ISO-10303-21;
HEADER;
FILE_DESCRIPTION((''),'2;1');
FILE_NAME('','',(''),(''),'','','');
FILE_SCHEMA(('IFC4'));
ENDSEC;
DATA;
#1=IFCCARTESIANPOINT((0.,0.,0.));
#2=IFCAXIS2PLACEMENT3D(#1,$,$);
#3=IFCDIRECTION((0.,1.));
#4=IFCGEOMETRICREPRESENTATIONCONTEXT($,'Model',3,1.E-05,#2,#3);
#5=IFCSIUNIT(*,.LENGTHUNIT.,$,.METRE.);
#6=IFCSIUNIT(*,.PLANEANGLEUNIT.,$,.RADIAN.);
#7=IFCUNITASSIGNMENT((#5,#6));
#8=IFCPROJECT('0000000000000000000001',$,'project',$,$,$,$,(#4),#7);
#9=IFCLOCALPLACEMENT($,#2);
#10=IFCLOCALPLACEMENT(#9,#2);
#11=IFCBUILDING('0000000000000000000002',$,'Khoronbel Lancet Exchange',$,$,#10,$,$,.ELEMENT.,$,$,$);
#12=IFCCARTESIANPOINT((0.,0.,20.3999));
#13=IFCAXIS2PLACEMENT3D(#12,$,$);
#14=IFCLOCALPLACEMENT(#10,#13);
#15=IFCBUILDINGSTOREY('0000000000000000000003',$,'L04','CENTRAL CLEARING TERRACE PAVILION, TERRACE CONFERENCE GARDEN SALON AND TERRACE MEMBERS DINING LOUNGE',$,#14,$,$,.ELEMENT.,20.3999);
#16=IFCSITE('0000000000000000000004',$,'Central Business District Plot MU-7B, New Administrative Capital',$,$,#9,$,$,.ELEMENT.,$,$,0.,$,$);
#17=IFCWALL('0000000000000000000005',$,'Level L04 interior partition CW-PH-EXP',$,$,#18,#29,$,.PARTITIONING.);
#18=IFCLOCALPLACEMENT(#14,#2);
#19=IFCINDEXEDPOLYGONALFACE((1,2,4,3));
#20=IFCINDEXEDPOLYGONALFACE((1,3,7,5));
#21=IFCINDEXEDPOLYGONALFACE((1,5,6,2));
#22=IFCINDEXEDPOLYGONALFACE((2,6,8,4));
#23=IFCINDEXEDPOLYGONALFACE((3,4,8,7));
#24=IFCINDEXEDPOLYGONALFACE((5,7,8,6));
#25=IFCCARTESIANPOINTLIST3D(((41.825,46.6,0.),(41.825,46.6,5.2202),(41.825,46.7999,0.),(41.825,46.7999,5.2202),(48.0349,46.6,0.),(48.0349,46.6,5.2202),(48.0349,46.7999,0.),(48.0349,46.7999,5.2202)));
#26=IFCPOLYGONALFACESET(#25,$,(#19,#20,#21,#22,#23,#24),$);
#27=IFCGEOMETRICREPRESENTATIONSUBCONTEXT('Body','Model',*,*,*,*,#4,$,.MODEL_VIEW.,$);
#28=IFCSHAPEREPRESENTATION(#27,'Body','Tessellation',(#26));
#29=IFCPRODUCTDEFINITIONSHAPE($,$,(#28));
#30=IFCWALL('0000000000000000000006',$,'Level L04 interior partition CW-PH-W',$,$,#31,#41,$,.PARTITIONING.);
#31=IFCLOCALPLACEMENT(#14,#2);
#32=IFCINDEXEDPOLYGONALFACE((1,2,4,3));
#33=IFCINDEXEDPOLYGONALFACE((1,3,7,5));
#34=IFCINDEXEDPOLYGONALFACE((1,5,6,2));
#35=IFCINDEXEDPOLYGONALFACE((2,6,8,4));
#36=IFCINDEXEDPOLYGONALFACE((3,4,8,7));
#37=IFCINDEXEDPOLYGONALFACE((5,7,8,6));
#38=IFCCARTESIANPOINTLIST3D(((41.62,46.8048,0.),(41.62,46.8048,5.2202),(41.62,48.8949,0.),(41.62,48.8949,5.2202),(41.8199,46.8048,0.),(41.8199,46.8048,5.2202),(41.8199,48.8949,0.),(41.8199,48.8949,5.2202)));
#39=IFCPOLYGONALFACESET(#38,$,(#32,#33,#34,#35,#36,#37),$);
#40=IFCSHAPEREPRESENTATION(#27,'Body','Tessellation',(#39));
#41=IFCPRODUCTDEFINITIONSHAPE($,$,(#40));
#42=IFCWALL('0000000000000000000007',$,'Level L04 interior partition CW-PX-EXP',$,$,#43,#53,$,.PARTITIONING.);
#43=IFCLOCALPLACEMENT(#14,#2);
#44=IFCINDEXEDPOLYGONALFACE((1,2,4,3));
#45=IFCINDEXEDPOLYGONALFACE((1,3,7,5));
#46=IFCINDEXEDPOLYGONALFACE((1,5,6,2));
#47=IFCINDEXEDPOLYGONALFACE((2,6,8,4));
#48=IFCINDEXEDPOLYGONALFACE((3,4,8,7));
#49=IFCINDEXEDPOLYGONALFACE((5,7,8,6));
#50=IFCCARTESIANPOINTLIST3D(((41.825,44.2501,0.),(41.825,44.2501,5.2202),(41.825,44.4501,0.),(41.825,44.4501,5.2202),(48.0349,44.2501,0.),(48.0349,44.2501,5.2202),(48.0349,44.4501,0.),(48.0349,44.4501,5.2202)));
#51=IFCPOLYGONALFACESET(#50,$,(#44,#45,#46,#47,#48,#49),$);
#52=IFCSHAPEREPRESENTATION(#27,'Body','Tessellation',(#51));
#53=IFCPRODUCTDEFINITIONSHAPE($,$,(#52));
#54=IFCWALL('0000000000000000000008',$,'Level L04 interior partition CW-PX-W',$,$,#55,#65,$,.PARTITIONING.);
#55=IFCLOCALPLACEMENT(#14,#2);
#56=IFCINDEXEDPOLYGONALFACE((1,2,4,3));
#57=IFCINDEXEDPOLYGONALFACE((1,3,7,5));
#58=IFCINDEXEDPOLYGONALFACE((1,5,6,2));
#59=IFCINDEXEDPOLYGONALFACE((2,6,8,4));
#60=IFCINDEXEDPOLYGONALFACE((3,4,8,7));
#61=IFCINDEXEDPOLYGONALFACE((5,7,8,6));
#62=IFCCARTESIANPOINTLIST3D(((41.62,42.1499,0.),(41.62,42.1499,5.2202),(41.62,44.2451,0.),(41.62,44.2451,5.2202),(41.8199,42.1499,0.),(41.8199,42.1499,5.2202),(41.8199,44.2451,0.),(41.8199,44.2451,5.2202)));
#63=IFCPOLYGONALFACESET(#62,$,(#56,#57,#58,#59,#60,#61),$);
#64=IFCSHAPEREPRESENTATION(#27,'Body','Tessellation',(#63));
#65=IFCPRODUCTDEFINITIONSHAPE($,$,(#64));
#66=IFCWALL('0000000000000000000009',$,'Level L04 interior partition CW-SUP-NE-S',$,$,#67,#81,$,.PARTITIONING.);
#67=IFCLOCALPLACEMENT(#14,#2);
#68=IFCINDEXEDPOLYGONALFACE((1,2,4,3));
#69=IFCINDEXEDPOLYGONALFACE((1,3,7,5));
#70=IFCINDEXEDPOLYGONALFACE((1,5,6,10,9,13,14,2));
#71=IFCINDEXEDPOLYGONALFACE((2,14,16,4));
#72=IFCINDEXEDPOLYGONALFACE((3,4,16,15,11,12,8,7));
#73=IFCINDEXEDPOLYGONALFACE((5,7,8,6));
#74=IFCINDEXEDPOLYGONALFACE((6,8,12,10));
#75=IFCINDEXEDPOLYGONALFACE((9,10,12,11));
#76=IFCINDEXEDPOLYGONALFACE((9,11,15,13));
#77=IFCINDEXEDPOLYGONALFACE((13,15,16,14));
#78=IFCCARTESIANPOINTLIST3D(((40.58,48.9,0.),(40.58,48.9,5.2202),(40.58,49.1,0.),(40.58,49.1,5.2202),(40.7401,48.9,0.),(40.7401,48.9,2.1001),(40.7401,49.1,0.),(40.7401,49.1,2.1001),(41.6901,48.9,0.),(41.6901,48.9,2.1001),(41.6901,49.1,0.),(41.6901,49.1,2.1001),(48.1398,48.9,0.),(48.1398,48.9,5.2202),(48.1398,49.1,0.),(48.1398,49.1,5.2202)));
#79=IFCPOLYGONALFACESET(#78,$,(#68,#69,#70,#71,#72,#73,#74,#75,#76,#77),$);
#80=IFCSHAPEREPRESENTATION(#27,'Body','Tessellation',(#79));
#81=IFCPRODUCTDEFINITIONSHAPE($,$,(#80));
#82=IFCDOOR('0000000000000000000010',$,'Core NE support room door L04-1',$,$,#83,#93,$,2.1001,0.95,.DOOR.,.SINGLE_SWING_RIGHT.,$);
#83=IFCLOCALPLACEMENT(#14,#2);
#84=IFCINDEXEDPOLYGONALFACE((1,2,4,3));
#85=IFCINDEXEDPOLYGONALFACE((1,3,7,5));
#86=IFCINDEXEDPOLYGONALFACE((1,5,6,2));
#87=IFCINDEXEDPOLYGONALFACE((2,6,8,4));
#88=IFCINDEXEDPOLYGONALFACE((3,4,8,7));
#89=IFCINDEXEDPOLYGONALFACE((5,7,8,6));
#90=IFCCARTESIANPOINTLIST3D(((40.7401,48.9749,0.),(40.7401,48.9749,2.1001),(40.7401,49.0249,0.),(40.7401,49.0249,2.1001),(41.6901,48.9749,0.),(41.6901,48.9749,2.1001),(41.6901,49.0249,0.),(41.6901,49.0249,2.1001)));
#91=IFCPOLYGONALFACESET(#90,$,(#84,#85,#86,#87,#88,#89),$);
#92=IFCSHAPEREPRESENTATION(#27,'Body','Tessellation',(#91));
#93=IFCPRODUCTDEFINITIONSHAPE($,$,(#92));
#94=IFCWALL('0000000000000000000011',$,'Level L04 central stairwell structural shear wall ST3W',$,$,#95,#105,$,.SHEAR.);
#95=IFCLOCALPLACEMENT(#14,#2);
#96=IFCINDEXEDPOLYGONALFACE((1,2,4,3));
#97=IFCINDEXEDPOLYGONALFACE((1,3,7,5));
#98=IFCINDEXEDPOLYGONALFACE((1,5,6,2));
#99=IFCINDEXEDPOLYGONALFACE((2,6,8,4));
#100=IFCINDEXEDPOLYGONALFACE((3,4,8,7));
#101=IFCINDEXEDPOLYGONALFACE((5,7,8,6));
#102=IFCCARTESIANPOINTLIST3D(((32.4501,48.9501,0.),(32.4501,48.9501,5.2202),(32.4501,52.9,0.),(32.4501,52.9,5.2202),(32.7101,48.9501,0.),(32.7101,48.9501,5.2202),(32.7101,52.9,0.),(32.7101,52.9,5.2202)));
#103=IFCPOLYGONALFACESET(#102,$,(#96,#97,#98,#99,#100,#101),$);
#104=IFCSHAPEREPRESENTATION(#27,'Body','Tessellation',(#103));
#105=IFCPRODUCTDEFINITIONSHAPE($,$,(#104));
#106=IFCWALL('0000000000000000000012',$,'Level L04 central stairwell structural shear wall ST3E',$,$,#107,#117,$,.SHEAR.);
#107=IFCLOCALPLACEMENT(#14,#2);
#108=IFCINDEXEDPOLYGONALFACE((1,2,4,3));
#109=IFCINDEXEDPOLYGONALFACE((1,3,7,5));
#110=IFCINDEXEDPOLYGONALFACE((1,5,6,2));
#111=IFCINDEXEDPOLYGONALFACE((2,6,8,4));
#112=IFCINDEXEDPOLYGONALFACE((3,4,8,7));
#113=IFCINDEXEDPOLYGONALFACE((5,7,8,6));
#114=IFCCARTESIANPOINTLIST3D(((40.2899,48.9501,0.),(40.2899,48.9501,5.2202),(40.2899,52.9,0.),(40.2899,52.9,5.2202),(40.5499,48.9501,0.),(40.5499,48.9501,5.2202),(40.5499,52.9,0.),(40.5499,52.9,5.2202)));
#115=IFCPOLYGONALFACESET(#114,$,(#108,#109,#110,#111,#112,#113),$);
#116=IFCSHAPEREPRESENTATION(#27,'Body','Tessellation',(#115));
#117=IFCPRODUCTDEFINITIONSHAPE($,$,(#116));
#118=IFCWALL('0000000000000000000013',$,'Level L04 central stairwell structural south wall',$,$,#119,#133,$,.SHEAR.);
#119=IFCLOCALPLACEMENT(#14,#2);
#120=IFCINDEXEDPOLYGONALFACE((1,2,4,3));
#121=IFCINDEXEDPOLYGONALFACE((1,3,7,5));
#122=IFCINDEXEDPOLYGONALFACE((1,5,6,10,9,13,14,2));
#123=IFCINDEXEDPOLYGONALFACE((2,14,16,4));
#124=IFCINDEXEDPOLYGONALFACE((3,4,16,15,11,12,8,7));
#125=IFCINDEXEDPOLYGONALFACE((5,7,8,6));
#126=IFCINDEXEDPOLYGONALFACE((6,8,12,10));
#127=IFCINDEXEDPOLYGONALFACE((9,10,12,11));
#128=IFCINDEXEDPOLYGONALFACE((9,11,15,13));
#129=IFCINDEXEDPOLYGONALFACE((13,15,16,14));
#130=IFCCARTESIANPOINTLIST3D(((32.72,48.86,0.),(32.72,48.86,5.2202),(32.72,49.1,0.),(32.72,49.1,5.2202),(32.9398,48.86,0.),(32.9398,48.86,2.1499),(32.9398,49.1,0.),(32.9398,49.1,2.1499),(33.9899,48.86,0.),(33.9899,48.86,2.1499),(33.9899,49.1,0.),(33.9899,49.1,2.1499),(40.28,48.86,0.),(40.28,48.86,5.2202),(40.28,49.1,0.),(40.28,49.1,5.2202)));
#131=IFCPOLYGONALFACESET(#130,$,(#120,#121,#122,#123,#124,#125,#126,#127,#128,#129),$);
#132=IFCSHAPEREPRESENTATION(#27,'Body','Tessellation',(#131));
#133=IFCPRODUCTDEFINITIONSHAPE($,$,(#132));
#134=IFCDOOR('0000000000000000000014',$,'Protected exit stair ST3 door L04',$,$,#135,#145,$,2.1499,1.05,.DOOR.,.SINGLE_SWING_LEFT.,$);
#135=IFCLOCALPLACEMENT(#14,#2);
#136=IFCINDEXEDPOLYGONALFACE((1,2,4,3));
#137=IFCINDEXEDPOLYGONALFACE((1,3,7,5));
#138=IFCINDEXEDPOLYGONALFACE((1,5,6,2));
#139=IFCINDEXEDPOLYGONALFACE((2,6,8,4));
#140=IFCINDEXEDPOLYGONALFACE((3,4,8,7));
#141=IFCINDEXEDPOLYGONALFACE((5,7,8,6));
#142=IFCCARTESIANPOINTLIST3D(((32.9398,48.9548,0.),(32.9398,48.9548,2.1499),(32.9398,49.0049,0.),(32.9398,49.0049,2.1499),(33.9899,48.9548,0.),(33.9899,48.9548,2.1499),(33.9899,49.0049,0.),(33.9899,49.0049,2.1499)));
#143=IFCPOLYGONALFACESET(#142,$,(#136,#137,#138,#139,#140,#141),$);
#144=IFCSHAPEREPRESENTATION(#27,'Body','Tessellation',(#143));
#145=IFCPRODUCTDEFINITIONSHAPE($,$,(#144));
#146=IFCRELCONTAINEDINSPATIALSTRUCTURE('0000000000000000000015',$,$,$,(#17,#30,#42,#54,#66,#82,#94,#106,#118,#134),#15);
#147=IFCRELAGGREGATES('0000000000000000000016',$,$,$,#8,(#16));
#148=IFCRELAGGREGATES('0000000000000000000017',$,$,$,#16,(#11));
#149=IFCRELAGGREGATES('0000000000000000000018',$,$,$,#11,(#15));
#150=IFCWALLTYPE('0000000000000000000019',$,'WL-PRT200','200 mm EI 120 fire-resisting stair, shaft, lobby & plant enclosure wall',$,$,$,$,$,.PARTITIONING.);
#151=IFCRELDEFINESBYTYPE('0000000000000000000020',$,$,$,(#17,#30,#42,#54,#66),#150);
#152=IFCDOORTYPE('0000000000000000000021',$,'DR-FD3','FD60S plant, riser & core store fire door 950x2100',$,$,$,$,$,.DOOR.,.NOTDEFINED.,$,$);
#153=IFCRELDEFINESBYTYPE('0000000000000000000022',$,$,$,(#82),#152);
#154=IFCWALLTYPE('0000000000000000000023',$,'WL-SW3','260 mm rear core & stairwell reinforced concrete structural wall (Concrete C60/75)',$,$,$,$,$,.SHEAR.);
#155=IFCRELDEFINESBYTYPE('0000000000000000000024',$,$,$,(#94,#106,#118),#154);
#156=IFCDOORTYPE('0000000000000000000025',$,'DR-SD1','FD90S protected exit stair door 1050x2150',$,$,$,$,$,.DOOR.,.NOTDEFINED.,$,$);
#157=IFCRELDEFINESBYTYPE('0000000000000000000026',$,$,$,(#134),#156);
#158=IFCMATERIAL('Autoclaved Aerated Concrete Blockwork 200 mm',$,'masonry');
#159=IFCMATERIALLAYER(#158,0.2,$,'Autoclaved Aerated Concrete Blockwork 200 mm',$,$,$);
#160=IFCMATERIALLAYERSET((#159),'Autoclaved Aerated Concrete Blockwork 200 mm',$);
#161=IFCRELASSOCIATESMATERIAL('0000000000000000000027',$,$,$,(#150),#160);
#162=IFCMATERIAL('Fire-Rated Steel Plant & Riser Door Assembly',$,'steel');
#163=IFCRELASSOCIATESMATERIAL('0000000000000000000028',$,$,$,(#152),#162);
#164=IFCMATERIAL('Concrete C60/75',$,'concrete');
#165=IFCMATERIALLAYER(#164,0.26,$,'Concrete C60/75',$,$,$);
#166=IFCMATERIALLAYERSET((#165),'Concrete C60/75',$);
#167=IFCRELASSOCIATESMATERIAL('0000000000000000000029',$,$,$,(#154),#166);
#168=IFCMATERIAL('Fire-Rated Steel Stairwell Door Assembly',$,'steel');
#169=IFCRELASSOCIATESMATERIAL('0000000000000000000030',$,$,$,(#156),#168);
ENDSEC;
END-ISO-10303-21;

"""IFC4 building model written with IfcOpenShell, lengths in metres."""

from ifc_helpers import new_model, si_unit, direction, frame, frame_2d, origin, place, context, subcontext, project, spatial, rectangle, extrude, material, layer, layer_set, type_object, element, fill, save


model = new_model("IFC4")

# Units and contexts
model_context = context("Model", 3, precision=1e-05, world=origin(), true_north=direction((0.0, 1.0)))
body_context = subcontext(model_context, "Body", "Model", "MODEL_VIEW")
ifc_project = project(units=[si_unit("LENGTHUNIT", "METRE"), si_unit("PLANEANGLEUNIT", "RADIAN")], contexts=[model_context])

# Site, building, storey
site_placement = place(None, origin())
site = spatial("IfcSite", under=ifc_project, at=site_placement, Name="Central Business District Plot MU-7B, New Administrative Capital", CompositionType="ELEMENT", RefElevation=0.0)
building_placement = place(site_placement, origin())
building = spatial("IfcBuilding", under=site, at=building_placement, Name="Khoronbel Lancet Exchange", CompositionType="ELEMENT")
storey_placement = place(building_placement, frame((0.0, 0.0, 20.3999)))
storey = spatial("IfcBuildingStorey", under=building, at=storey_placement, Name="L04", Description="CENTRAL CLEARING TERRACE PAVILION, TERRACE CONFERENCE GARDEN SALON AND TERRACE MEMBERS DINING LOUNGE", CompositionType="ELEMENT", Elevation=20.3999)

# Walls
ifc_material_1 = material(Name="Autoclaved Aerated Concrete Blockwork 200 mm", Category="masonry")
ifc_layer_1 = layer(ifc_material_1, 0.2, Name="Autoclaved Aerated Concrete Blockwork 200 mm")
ifc_layer_set_1 = layer_set([ifc_layer_1], Name="Autoclaved Aerated Concrete Blockwork 200 mm")
wall_type_1 = type_object("IfcWallType", Name="WL-PRT200", Description="200 mm EI 120 fire-resisting stair, shaft, lobby & plant enclosure wall", PredefinedType="PARTITIONING", material=ifc_layer_set_1)
wall_1_placement = place(storey_placement, frame((41.825, 46.7, 0.0), z_axis=(0.0, 0.0, 1.0), x_axis=(1.0, 0.0, 0.0)))
element("IfcWall", 1, at=wall_1_placement, inside=storey, type_object=wall_type_1, Name="Level L04 interior partition CW-PH-EXP", PredefinedType="PARTITIONING", context=body_context, shape_type="SweptSolid", body=[
    extrude(rectangle(XDim=6.21, YDim=0.2, at=frame_2d((3.105, 0.0))), origin(), (0.0, 0.0, 1.0), 5.2202),
])
wall_2_placement = place(storey_placement, frame((41.72, 46.8049, 0.0), z_axis=(0.0, 0.0, 1.0), x_axis=(0.0, 1.0, 0.0)))
element("IfcWall", 2, at=wall_2_placement, inside=storey, type_object=wall_type_1, Name="Level L04 interior partition CW-PH-W", PredefinedType="PARTITIONING", context=body_context, shape_type="SweptSolid", body=[
    extrude(rectangle(XDim=2.0901, YDim=0.2, at=frame_2d((1.0449, 0.0))), origin(), (0.0, 0.0, 1.0), 5.2202),
])
wall_3_placement = place(storey_placement, frame((41.825, 44.3501, 0.0), z_axis=(0.0, 0.0, 1.0), x_axis=(1.0, 0.0, 0.0)))
element("IfcWall", 3, at=wall_3_placement, inside=storey, type_object=wall_type_1, Name="Level L04 interior partition CW-PX-EXP", PredefinedType="PARTITIONING", context=body_context, shape_type="SweptSolid", body=[
    extrude(rectangle(XDim=6.21, YDim=0.2, at=frame_2d((3.105, 0.0))), origin(), (0.0, 0.0, 1.0), 5.2202),
])
wall_4_placement = place(storey_placement, frame((41.72, 42.1499, 0.0), z_axis=(0.0, 0.0, 1.0), x_axis=(0.0, 1.0, 0.0)))
element("IfcWall", 4, at=wall_4_placement, inside=storey, type_object=wall_type_1, Name="Level L04 interior partition CW-PX-W", PredefinedType="PARTITIONING", context=body_context, shape_type="SweptSolid", body=[
    extrude(rectangle(XDim=2.0952, YDim=0.2, at=frame_2d((1.0476, 0.0))), origin(), (0.0, 0.0, 1.0), 5.2202),
])

# Wall, opening, door
wall_5_placement = place(storey_placement, frame((40.5801, 49.0, 0.0), z_axis=(0.0, 0.0, 1.0), x_axis=(1.0, 0.0, 0.0)))
wall_5 = element("IfcWall", 5, at=wall_5_placement, inside=storey, type_object=wall_type_1, Name="Level L04 interior partition CW-SUP-NE-S", PredefinedType="PARTITIONING", context=body_context, shape_type="SweptSolid", body=[
    extrude(rectangle(XDim=7.5598, YDim=0.2, at=frame_2d((3.7798, 0.0))), origin(), (0.0, 0.0, 1.0), 5.2202),
])
opening_1_placement = place(wall_5_placement, frame((0.1599, 0.0, 0.0)))
opening_1 = element("IfcOpeningElement", 6, at=opening_1_placement, cuts=wall_5, PredefinedType="OPENING", context=body_context, shape_type="SweptSolid", body=[
    extrude(rectangle(XDim=0.95, YDim=2.1001, at=frame_2d((0.4751, 1.05))), frame((0.0, 0.1099, 0.0), z_axis=(0.0, -1.0, 0.0), x_axis=(1.0, 0.0, 0.0)), (0.0, 0.0, 1.0), 0.22),
])
ifc_material_2 = material(Name="Fire-Rated Steel Plant & Riser Door Assembly", Category="steel")
door_type_1 = type_object("IfcDoorType", Name="DR-FD3", Description="FD60S plant, riser & core store fire door 950x2100", OperationType="NOTDEFINED", PredefinedType="DOOR", material=ifc_material_2)
door_1_placement = place(opening_1_placement, origin())
door_1 = element("IfcDoor", 7, at=door_1_placement, inside=storey, type_object=door_type_1, Name="Core NE support room door L04-1", OperationType="SINGLE_SWING_RIGHT", OverallHeight=2.1001, OverallWidth=0.95, PredefinedType="DOOR", context=body_context, shape_type="SweptSolid", body=[
    extrude(rectangle(XDim=0.95, YDim=2.1001, at=frame_2d((0.4751, 1.05))), frame((0.0, 0.0249, 0.0), z_axis=(0.0, -1.0, 0.0), x_axis=(1.0, 0.0, 0.0)), (0.0, 0.0, 1.0), 0.05),
])
fill(opening_1, door_1)

# Walls
ifc_material_3 = material(Name="Concrete C60/75", Category="concrete")
ifc_layer_2 = layer(ifc_material_3, 0.26, Name="Concrete C60/75")
ifc_layer_set_2 = layer_set([ifc_layer_2], Name="Concrete C60/75")
wall_type_2 = type_object("IfcWallType", Name="WL-SW3", Description="260 mm rear core & stairwell reinforced concrete structural wall (Concrete C60/75)", PredefinedType="SHEAR", material=ifc_layer_set_2)
for number, where, z_axis, x_axis, name in (
    (8, (32.5801, 48.95, 0.0), (0.0, 0.0, 1.0), (0.0, 1.0, 0.0), "Level L04 central stairwell structural shear wall ST3W"),
    (9, (40.4199, 48.95, 0.0), (0.0, 0.0, 1.0), (0.0, 1.0, 0.0), "Level L04 central stairwell structural shear wall ST3E"),
):
    element("IfcWall", number, at=place(storey_placement, frame(where, z_axis=z_axis, x_axis=x_axis)), inside=storey, type_object=wall_type_2, Name=name, PredefinedType="SHEAR", context=body_context, shape_type="SweptSolid", body=[
        extrude(rectangle(XDim=3.95, YDim=0.26, at=frame_2d((1.9751, 0.0))), origin(), (0.0, 0.0, 1.0), 5.2202),
    ])

# Wall, opening, door
wall_6_placement = place(storey_placement, frame((32.72, 48.98, 0.0), z_axis=(0.0, 0.0, 1.0), x_axis=(1.0, 0.0, 0.0)))
wall_6 = element("IfcWall", 10, at=wall_6_placement, inside=storey, type_object=wall_type_2, Name="Level L04 central stairwell structural south wall", PredefinedType="SHEAR", context=body_context, shape_type="SweptSolid", body=[
    extrude(rectangle(XDim=7.5601, YDim=0.24, at=frame_2d((3.78, 0.0))), origin(), (0.0, 0.0, 1.0), 5.2202),
])
opening_2_placement = place(wall_6_placement, frame((0.22, 0.0, 0.0)))
opening_2 = element("IfcOpeningElement", 11, at=opening_2_placement, cuts=wall_6, PredefinedType="OPENING", context=body_context, shape_type="SweptSolid", body=[
    extrude(rectangle(XDim=1.05, YDim=2.1499, at=frame_2d((0.5249, 1.075))), frame((0.0, 0.1299, 0.0), z_axis=(0.0, -1.0, 0.0), x_axis=(1.0, 0.0, 0.0)), (0.0, 0.0, 1.0), 0.26),
])
ifc_material_4 = material(Name="Fire-Rated Steel Stairwell Door Assembly", Category="steel")
door_type_2 = type_object("IfcDoorType", Name="DR-SD1", Description="FD90S protected exit stair door 1050x2150", OperationType="NOTDEFINED", PredefinedType="DOOR", material=ifc_material_4)
door_2_placement = place(opening_2_placement, origin())
door_2 = element("IfcDoor", 12, at=door_2_placement, inside=storey, type_object=door_type_2, Name="Protected exit stair ST3 door L04", OperationType="SINGLE_SWING_LEFT", OverallHeight=2.1499, OverallWidth=1.05, PredefinedType="DOOR", context=body_context, shape_type="SweptSolid", body=[
    extrude(rectangle(XDim=1.05, YDim=2.1499, at=frame_2d((0.5249, 1.075))), frame((0.0, 0.0249, 0.0), z_axis=(0.0, -1.0, 0.0), x_axis=(1.0, 0.0, 0.0)), (0.0, 0.0, 1.0), 0.05),
])
fill(opening_2, door_2)

save(model, "model.ifc")
